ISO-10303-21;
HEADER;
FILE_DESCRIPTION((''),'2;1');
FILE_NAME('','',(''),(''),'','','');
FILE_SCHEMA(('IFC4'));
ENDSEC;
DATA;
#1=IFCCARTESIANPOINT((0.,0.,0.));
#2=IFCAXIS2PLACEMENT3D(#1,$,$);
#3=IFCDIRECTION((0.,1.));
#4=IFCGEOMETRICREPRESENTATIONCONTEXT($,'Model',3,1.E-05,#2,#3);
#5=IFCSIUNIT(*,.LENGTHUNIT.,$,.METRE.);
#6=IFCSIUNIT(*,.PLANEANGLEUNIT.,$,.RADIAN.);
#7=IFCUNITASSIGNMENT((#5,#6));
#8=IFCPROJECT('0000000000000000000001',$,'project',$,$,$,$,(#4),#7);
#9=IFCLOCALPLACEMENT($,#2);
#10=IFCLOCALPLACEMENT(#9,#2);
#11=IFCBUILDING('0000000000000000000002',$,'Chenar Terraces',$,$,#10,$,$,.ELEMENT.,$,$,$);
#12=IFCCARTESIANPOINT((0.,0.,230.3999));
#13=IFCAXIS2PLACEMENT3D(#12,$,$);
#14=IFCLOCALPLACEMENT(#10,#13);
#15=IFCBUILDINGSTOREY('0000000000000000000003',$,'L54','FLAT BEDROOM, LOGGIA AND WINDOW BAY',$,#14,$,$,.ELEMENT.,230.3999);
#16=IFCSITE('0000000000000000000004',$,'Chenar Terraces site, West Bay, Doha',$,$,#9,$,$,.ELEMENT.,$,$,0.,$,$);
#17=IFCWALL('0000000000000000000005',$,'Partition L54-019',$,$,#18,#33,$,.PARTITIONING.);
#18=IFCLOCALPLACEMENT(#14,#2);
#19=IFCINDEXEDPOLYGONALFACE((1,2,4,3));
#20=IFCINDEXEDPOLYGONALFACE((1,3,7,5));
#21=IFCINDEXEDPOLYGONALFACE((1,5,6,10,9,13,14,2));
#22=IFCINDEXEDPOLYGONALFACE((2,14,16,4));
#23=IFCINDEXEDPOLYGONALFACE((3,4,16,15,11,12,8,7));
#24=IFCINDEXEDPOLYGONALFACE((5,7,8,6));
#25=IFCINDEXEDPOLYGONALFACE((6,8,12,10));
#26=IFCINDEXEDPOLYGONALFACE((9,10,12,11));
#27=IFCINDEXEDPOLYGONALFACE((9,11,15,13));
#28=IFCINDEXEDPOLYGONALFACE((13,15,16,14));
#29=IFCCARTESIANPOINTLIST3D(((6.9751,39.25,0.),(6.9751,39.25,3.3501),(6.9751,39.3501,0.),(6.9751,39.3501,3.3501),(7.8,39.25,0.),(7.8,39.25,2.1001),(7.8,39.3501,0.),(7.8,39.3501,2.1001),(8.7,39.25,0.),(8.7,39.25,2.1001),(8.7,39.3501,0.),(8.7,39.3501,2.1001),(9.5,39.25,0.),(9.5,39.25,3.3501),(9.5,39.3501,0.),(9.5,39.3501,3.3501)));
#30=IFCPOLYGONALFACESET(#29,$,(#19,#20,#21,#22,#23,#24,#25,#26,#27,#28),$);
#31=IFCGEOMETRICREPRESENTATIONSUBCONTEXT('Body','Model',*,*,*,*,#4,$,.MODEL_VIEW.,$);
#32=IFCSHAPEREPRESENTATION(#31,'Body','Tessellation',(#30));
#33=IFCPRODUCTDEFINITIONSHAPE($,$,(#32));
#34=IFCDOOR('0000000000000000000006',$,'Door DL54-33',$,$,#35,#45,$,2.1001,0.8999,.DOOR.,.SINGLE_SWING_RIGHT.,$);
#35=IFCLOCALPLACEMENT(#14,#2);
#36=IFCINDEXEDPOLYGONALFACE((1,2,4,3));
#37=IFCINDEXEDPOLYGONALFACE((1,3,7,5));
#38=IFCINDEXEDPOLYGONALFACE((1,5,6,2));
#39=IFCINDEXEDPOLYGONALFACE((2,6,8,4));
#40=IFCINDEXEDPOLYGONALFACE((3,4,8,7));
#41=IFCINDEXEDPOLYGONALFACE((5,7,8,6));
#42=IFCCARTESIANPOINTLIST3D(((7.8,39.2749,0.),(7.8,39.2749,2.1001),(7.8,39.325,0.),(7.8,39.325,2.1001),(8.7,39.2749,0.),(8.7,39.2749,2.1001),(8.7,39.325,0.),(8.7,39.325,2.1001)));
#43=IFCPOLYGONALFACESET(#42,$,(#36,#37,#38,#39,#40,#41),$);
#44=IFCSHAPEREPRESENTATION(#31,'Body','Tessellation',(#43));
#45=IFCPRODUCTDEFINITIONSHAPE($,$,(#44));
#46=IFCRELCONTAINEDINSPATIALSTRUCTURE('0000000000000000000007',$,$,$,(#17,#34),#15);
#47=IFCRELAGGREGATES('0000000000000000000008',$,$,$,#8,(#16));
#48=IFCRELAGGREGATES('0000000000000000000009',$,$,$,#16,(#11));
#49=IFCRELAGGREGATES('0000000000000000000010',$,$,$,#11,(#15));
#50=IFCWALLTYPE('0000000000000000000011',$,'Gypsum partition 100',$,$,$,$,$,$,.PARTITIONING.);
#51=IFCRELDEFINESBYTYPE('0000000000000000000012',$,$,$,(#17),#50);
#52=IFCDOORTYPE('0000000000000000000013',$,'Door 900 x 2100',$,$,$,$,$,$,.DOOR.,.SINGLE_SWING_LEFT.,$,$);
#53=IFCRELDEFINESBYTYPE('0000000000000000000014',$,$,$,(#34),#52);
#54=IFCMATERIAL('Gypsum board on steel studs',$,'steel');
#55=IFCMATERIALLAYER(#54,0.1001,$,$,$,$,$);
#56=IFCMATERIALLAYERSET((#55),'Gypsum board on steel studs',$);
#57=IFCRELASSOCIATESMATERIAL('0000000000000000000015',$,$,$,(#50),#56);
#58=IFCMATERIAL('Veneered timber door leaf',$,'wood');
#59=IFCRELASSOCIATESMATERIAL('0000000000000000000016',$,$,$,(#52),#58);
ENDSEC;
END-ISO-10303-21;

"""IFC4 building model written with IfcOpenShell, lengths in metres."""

from ifc_helpers import new_model, si_unit, direction, frame, frame_2d, origin, place, context, subcontext, project, spatial, rectangle, extrude, material, layer, layer_set, type_object, element, fill, save


model = new_model("IFC4")

# Units and contexts
model_context = context("Model", 3, precision=1e-05, world=origin(), true_north=direction((0.0, 1.0)))
body_context = subcontext(model_context, "Body", "Model", "MODEL_VIEW")
ifc_project = project(units=[si_unit("LENGTHUNIT", "METRE"), si_unit("PLANEANGLEUNIT", "RADIAN")], contexts=[model_context])

# Site, building, storey
site_placement = place(None, origin())
site = spatial("IfcSite", under=ifc_project, at=site_placement, Name="Chenar Terraces site, West Bay, Doha", CompositionType="ELEMENT", RefElevation=0.0)
building_placement = place(site_placement, origin())
building = spatial("IfcBuilding", under=site, at=building_placement, Name="Chenar Terraces", CompositionType="ELEMENT")
storey_placement = place(building_placement, frame((0.0, 0.0, 230.3999)))
storey = spatial("IfcBuildingStorey", under=building, at=storey_placement, Name="L54", Description="FLAT BEDROOM, LOGGIA AND WINDOW BAY", CompositionType="ELEMENT", Elevation=230.3999)

# Shared definitions
ifc_material_1 = material(Name="Gypsum board on steel studs", Category="steel")
ifc_layer_1 = layer(ifc_material_1, 0.1001)
ifc_layer_set_1 = layer_set([ifc_layer_1], Name="Gypsum board on steel studs")
wall_type_1 = type_object("IfcWallType", Name="Gypsum partition 100", PredefinedType="PARTITIONING", material=ifc_layer_set_1)

# Shared definitions
ifc_material_2 = material(Name="Veneered timber door leaf", Category="wood")
door_type_1 = type_object("IfcDoorType", Name="Door 900 x 2100", OperationType="SINGLE_SWING_LEFT", PredefinedType="DOOR", material=ifc_material_2)

# Wall, opening, door
wall_1_placement = place(storey_placement, frame((6.9751, 39.3, 0.0), z_axis=(0.0, 0.0, 1.0), x_axis=(1.0, 0.0, 0.0)))
wall_1 = element("IfcWall", 1, at=wall_1_placement, inside=storey, type_object=wall_type_1, Name="Partition L54-019", PredefinedType="PARTITIONING", context=body_context, shape_type="SweptSolid", body=[
    extrude(rectangle(XDim=2.5249, YDim=0.1001, at=frame_2d((1.2625, 0.0))), origin(), (0.0, 0.0, 1.0), 3.3501),
])
opening_1_placement = place(wall_1_placement, frame((0.825, 0.0, 0.0)))
opening_1 = element("IfcOpeningElement", 2, at=opening_1_placement, cuts=wall_1, PredefinedType="OPENING", context=body_context, shape_type="SweptSolid", body=[
    extrude(rectangle(XDim=0.8999, YDim=2.1001, at=frame_2d((0.45, 1.05))), frame((0.0, 0.0601, 0.0), z_axis=(0.0, -1.0, 0.0), x_axis=(1.0, 0.0, 0.0)), (0.0, 0.0, 1.0), 0.1201),
])
door_1_placement = place(opening_1_placement, origin())
door_1 = element("IfcDoor", 3, at=door_1_placement, inside=storey, type_object=door_type_1, Name="Door DL54-33", OperationType="SINGLE_SWING_RIGHT", OverallHeight=2.1001, OverallWidth=0.8999, PredefinedType="DOOR", context=body_context, shape_type="SweptSolid", body=[
    extrude(rectangle(XDim=0.8999, YDim=2.1001, at=frame_2d((0.45, 1.05))), frame((0.0, 0.0249, 0.0), z_axis=(0.0, -1.0, 0.0), x_axis=(1.0, 0.0, 0.0)), (0.0, 0.0, 1.0), 0.05),
])
fill(opening_1, door_1)

save(model, "model.ifc")
